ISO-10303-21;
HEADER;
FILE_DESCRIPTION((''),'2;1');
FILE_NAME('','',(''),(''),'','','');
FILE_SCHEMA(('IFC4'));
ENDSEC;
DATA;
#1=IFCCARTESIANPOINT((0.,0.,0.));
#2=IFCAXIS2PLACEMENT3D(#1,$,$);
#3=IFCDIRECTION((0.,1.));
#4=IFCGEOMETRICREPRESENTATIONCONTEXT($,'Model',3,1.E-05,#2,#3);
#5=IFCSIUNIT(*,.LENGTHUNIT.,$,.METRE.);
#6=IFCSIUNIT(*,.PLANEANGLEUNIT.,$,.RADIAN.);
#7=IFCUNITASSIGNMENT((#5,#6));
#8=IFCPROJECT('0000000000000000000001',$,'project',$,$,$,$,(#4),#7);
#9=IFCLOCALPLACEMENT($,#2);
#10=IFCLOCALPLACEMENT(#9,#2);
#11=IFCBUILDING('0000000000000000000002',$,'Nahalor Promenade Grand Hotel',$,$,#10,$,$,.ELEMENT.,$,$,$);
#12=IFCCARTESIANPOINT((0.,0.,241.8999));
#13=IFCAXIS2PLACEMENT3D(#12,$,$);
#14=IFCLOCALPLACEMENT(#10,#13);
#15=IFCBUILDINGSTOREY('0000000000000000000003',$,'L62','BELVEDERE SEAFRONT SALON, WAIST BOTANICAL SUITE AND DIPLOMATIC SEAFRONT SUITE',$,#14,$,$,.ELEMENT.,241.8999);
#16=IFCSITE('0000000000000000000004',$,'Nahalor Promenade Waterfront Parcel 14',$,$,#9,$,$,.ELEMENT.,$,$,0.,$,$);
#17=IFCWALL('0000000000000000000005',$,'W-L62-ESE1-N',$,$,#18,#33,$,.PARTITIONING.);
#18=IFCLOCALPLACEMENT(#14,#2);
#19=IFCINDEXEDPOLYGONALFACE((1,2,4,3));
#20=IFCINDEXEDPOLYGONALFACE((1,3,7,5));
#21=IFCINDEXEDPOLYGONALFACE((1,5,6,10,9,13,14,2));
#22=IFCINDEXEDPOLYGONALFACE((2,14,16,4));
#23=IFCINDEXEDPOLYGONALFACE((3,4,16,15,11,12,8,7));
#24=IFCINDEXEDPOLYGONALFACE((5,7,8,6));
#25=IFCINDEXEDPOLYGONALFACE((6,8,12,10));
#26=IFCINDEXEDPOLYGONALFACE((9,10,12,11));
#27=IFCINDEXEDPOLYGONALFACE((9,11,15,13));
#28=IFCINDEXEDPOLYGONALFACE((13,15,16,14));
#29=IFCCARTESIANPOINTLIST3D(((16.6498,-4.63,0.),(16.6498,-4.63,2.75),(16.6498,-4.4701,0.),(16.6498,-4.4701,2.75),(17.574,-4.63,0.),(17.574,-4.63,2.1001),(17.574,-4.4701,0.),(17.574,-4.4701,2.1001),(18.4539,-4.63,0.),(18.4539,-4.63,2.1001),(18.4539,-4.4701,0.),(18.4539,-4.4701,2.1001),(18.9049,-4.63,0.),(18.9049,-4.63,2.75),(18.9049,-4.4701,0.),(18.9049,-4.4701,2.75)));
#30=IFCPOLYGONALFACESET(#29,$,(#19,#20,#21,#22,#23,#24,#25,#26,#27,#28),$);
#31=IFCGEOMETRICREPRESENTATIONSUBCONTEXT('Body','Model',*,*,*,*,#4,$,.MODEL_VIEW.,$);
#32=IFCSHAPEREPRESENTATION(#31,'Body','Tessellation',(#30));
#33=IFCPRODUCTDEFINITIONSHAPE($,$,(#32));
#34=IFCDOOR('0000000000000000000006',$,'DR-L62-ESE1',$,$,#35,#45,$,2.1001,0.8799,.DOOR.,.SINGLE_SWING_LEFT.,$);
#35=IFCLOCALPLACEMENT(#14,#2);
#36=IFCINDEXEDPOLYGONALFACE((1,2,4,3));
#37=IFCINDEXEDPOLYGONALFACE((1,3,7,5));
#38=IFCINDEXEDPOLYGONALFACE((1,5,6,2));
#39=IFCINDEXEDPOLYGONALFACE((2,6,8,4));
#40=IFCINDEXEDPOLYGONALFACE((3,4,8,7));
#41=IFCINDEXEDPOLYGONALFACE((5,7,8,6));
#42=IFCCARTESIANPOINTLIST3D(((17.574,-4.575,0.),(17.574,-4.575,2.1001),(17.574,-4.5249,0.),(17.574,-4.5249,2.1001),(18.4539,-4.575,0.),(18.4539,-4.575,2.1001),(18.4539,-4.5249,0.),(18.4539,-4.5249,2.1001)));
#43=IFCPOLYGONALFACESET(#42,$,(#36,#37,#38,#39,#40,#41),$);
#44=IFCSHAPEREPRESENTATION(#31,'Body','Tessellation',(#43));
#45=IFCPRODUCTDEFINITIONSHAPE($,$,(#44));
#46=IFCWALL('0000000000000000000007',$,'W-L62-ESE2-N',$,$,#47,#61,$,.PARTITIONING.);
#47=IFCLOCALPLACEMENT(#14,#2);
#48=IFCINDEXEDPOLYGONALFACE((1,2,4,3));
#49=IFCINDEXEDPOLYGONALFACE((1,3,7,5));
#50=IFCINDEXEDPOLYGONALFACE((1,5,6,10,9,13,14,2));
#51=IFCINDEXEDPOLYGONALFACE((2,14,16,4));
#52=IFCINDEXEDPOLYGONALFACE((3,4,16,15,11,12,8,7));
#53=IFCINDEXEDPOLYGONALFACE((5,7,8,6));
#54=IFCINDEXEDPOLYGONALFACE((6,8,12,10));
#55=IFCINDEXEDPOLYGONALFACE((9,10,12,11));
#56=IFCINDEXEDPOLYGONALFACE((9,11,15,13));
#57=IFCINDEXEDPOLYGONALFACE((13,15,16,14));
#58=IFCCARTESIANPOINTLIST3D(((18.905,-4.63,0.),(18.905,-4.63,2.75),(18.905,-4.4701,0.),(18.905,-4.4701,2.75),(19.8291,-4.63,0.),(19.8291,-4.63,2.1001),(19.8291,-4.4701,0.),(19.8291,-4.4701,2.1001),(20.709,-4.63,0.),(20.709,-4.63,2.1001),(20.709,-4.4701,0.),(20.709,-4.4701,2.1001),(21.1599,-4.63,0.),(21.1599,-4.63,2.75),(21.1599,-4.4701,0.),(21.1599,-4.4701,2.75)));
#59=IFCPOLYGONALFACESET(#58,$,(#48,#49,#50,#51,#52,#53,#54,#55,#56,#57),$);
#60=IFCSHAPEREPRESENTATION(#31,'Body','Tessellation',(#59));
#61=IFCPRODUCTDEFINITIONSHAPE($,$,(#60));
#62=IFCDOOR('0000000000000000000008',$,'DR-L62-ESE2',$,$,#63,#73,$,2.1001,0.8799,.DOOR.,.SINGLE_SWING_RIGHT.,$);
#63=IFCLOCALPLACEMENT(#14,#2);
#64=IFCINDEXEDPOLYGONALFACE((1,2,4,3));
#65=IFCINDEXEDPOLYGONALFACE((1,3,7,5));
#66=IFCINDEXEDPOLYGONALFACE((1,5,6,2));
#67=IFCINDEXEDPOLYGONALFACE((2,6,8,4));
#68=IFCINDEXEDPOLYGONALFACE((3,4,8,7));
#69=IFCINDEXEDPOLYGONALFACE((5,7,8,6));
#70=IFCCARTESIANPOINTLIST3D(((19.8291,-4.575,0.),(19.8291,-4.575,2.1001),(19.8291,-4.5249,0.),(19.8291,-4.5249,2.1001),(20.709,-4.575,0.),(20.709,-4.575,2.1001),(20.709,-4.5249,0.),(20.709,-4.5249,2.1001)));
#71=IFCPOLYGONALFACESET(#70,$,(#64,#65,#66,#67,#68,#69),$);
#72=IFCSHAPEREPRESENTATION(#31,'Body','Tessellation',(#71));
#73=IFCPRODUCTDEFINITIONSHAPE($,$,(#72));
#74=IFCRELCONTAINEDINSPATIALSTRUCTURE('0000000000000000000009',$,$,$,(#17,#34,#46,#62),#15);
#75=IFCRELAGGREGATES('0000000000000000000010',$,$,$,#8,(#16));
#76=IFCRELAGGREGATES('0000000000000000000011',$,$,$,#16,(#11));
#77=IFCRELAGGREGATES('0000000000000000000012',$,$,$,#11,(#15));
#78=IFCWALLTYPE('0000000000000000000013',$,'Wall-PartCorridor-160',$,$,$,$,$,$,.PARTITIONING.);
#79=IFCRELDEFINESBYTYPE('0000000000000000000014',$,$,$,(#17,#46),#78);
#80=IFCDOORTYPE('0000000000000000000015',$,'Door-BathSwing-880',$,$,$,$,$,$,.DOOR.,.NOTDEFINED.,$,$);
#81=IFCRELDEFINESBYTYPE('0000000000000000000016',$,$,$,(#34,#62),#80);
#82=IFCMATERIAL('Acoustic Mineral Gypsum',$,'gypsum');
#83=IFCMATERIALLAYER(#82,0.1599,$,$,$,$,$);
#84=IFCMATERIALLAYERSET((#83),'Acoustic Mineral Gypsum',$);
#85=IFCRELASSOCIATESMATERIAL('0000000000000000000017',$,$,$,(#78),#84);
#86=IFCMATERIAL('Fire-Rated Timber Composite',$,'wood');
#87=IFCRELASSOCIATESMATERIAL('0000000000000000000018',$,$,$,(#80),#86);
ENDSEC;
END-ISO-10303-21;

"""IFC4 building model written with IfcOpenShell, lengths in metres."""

from ifc_helpers import new_model, si_unit, direction, frame, frame_2d, origin, place, context, subcontext, project, spatial, rectangle, extrude, source, transform, mapped, material, layer, layer_set, type_object, element, fill, save


model = new_model("IFC4")

# Units and contexts
model_context = context("Model", 3, precision=1e-05, world=origin(), true_north=direction((0.0, 1.0)))
body_context = subcontext(model_context, "Body", "Model", "MODEL_VIEW")
ifc_project = project(units=[si_unit("LENGTHUNIT", "METRE"), si_unit("PLANEANGLEUNIT", "RADIAN")], contexts=[model_context])

# Site, building, storey
site_placement = place(None, origin())
site = spatial("IfcSite", under=ifc_project, at=site_placement, Name="Nahalor Promenade Waterfront Parcel 14", CompositionType="ELEMENT", RefElevation=0.0)
building_placement = place(site_placement, origin())
building = spatial("IfcBuilding", under=site, at=building_placement, Name="Nahalor Promenade Grand Hotel", CompositionType="ELEMENT")
storey_placement = place(building_placement, frame((0.0, 0.0, 241.8999)))
storey = spatial("IfcBuildingStorey", under=building, at=storey_placement, Name="L62", Description="BELVEDERE SEAFRONT SALON, WAIST BOTANICAL SUITE AND DIPLOMATIC SEAFRONT SUITE", CompositionType="ELEMENT", Elevation=241.8999)

# Walls, openings, doors
ifc_material_1 = material(Name="Acoustic Mineral Gypsum", Category="gypsum")
ifc_layer_1 = layer(ifc_material_1, 0.1599)
ifc_layer_set_1 = layer_set([ifc_layer_1], Name="Acoustic Mineral Gypsum")
wall_type_1 = type_object("IfcWallType", Name="Wall-PartCorridor-160", PredefinedType="PARTITIONING", material=ifc_layer_set_1)
shared_shape_1 = source(origin(), body_context, "Body", "SweptSolid", [
    extrude(rectangle(XDim=2.2551, YDim=0.1599, at=frame_2d((1.1274, 0.0))), origin(), (0.0, 0.0, 1.0), 2.75),
])
wall_1_placement = place(storey_placement, frame((16.6499, -4.55, 0.0), z_axis=(0.0, 0.0, 1.0), x_axis=(1.0, 0.0, 0.0)))
wall_1 = element("IfcWall", 1, at=wall_1_placement, inside=storey, type_object=wall_type_1, Name="W-L62-ESE1-N", PredefinedType="PARTITIONING", context=body_context, shape_type="MappedRepresentation", body=[
    mapped(shared_shape_1, transform((0.0, 0.0, 0.0), scale=1.0)),
])
opening_1_placement = place(wall_1_placement, frame((0.9241, 0.0, 0.0)))
opening_1 = element("IfcOpeningElement", 2, at=opening_1_placement, cuts=wall_1, PredefinedType="OPENING", context=body_context, shape_type="SweptSolid", body=[
    extrude(rectangle(XDim=0.8799, YDim=2.1001, at=frame_2d((0.4399, 1.05))), frame((0.0, 0.0898, 0.0), z_axis=(0.0, -1.0, 0.0), x_axis=(1.0, 0.0, 0.0)), (0.0, 0.0, 1.0), 0.1799),
])
ifc_material_2 = material(Name="Fire-Rated Timber Composite", Category="wood")
door_type_1 = type_object("IfcDoorType", Name="Door-BathSwing-880", OperationType="NOTDEFINED", PredefinedType="DOOR", material=ifc_material_2)
shared_shape_2 = source(origin(), body_context, "Body", "SweptSolid", [
    extrude(rectangle(XDim=0.8799, YDim=2.1001, at=frame_2d((0.4399, 1.05))), frame((0.0, 0.0249, 0.0), z_axis=(0.0, -1.0, 0.0), x_axis=(1.0, 0.0, 0.0)), (0.0, 0.0, 1.0), 0.05),
])
door_1_placement = place(opening_1_placement, frame((0.8799, 0.0, 0.0), z_axis=(0.0, 0.0, 1.0), x_axis=(-1.0, 0.0, 0.0)))
door_1 = element("IfcDoor", 3, at=door_1_placement, inside=storey, type_object=door_type_1, Name="DR-L62-ESE1", OperationType="SINGLE_SWING_LEFT", OverallHeight=2.1001, OverallWidth=0.8799, PredefinedType="DOOR", context=body_context, shape_type="MappedRepresentation", body=[
    mapped(shared_shape_2, transform((0.0, 0.0, 0.0), scale=1.0)),
])
fill(opening_1, door_1)
shared_shape_3 = source(origin(), body_context, "Body", "SweptSolid", [
    extrude(rectangle(XDim=2.2549, YDim=0.1599, at=frame_2d((1.1274, 0.0))), origin(), (0.0, 0.0, 1.0), 2.75),
])
wall_2_placement = place(storey_placement, frame((18.905, -4.55, 0.0), z_axis=(0.0, 0.0, 1.0), x_axis=(1.0, 0.0, 0.0)))
wall_2 = element("IfcWall", 4, at=wall_2_placement, inside=storey, type_object=wall_type_1, Name="W-L62-ESE2-N", PredefinedType="PARTITIONING", context=body_context, shape_type="MappedRepresentation", body=[
    mapped(shared_shape_3, transform((0.0, 0.0, 0.0), scale=1.0)),
])
opening_2_placement = place(wall_2_placement, frame((0.9241, 0.0, 0.0)))
opening_2 = element("IfcOpeningElement", 5, at=opening_2_placement, cuts=wall_2, PredefinedType="OPENING", context=body_context, shape_type="SweptSolid", body=[
    extrude(rectangle(XDim=0.8799, YDim=2.1001, at=frame_2d((0.4399, 1.05))), frame((0.0, 0.0898, 0.0), z_axis=(0.0, -1.0, 0.0), x_axis=(1.0, 0.0, 0.0)), (0.0, 0.0, 1.0), 0.1799),
])
door_2_placement = place(opening_2_placement, frame((0.8799, 0.0, 0.0), z_axis=(0.0, 0.0, 1.0), x_axis=(-1.0, 0.0, 0.0)))
door_2 = element("IfcDoor", 6, at=door_2_placement, inside=storey, type_object=door_type_1, Name="DR-L62-ESE2", OperationType="SINGLE_SWING_RIGHT", OverallHeight=2.1001, OverallWidth=0.8799, PredefinedType="DOOR", context=body_context, shape_type="MappedRepresentation", body=[
    mapped(shared_shape_2, transform((0.0, 0.0, 0.0), scale=1.0)),
])
fill(opening_2, door_2)

save(model, "model.ifc")
